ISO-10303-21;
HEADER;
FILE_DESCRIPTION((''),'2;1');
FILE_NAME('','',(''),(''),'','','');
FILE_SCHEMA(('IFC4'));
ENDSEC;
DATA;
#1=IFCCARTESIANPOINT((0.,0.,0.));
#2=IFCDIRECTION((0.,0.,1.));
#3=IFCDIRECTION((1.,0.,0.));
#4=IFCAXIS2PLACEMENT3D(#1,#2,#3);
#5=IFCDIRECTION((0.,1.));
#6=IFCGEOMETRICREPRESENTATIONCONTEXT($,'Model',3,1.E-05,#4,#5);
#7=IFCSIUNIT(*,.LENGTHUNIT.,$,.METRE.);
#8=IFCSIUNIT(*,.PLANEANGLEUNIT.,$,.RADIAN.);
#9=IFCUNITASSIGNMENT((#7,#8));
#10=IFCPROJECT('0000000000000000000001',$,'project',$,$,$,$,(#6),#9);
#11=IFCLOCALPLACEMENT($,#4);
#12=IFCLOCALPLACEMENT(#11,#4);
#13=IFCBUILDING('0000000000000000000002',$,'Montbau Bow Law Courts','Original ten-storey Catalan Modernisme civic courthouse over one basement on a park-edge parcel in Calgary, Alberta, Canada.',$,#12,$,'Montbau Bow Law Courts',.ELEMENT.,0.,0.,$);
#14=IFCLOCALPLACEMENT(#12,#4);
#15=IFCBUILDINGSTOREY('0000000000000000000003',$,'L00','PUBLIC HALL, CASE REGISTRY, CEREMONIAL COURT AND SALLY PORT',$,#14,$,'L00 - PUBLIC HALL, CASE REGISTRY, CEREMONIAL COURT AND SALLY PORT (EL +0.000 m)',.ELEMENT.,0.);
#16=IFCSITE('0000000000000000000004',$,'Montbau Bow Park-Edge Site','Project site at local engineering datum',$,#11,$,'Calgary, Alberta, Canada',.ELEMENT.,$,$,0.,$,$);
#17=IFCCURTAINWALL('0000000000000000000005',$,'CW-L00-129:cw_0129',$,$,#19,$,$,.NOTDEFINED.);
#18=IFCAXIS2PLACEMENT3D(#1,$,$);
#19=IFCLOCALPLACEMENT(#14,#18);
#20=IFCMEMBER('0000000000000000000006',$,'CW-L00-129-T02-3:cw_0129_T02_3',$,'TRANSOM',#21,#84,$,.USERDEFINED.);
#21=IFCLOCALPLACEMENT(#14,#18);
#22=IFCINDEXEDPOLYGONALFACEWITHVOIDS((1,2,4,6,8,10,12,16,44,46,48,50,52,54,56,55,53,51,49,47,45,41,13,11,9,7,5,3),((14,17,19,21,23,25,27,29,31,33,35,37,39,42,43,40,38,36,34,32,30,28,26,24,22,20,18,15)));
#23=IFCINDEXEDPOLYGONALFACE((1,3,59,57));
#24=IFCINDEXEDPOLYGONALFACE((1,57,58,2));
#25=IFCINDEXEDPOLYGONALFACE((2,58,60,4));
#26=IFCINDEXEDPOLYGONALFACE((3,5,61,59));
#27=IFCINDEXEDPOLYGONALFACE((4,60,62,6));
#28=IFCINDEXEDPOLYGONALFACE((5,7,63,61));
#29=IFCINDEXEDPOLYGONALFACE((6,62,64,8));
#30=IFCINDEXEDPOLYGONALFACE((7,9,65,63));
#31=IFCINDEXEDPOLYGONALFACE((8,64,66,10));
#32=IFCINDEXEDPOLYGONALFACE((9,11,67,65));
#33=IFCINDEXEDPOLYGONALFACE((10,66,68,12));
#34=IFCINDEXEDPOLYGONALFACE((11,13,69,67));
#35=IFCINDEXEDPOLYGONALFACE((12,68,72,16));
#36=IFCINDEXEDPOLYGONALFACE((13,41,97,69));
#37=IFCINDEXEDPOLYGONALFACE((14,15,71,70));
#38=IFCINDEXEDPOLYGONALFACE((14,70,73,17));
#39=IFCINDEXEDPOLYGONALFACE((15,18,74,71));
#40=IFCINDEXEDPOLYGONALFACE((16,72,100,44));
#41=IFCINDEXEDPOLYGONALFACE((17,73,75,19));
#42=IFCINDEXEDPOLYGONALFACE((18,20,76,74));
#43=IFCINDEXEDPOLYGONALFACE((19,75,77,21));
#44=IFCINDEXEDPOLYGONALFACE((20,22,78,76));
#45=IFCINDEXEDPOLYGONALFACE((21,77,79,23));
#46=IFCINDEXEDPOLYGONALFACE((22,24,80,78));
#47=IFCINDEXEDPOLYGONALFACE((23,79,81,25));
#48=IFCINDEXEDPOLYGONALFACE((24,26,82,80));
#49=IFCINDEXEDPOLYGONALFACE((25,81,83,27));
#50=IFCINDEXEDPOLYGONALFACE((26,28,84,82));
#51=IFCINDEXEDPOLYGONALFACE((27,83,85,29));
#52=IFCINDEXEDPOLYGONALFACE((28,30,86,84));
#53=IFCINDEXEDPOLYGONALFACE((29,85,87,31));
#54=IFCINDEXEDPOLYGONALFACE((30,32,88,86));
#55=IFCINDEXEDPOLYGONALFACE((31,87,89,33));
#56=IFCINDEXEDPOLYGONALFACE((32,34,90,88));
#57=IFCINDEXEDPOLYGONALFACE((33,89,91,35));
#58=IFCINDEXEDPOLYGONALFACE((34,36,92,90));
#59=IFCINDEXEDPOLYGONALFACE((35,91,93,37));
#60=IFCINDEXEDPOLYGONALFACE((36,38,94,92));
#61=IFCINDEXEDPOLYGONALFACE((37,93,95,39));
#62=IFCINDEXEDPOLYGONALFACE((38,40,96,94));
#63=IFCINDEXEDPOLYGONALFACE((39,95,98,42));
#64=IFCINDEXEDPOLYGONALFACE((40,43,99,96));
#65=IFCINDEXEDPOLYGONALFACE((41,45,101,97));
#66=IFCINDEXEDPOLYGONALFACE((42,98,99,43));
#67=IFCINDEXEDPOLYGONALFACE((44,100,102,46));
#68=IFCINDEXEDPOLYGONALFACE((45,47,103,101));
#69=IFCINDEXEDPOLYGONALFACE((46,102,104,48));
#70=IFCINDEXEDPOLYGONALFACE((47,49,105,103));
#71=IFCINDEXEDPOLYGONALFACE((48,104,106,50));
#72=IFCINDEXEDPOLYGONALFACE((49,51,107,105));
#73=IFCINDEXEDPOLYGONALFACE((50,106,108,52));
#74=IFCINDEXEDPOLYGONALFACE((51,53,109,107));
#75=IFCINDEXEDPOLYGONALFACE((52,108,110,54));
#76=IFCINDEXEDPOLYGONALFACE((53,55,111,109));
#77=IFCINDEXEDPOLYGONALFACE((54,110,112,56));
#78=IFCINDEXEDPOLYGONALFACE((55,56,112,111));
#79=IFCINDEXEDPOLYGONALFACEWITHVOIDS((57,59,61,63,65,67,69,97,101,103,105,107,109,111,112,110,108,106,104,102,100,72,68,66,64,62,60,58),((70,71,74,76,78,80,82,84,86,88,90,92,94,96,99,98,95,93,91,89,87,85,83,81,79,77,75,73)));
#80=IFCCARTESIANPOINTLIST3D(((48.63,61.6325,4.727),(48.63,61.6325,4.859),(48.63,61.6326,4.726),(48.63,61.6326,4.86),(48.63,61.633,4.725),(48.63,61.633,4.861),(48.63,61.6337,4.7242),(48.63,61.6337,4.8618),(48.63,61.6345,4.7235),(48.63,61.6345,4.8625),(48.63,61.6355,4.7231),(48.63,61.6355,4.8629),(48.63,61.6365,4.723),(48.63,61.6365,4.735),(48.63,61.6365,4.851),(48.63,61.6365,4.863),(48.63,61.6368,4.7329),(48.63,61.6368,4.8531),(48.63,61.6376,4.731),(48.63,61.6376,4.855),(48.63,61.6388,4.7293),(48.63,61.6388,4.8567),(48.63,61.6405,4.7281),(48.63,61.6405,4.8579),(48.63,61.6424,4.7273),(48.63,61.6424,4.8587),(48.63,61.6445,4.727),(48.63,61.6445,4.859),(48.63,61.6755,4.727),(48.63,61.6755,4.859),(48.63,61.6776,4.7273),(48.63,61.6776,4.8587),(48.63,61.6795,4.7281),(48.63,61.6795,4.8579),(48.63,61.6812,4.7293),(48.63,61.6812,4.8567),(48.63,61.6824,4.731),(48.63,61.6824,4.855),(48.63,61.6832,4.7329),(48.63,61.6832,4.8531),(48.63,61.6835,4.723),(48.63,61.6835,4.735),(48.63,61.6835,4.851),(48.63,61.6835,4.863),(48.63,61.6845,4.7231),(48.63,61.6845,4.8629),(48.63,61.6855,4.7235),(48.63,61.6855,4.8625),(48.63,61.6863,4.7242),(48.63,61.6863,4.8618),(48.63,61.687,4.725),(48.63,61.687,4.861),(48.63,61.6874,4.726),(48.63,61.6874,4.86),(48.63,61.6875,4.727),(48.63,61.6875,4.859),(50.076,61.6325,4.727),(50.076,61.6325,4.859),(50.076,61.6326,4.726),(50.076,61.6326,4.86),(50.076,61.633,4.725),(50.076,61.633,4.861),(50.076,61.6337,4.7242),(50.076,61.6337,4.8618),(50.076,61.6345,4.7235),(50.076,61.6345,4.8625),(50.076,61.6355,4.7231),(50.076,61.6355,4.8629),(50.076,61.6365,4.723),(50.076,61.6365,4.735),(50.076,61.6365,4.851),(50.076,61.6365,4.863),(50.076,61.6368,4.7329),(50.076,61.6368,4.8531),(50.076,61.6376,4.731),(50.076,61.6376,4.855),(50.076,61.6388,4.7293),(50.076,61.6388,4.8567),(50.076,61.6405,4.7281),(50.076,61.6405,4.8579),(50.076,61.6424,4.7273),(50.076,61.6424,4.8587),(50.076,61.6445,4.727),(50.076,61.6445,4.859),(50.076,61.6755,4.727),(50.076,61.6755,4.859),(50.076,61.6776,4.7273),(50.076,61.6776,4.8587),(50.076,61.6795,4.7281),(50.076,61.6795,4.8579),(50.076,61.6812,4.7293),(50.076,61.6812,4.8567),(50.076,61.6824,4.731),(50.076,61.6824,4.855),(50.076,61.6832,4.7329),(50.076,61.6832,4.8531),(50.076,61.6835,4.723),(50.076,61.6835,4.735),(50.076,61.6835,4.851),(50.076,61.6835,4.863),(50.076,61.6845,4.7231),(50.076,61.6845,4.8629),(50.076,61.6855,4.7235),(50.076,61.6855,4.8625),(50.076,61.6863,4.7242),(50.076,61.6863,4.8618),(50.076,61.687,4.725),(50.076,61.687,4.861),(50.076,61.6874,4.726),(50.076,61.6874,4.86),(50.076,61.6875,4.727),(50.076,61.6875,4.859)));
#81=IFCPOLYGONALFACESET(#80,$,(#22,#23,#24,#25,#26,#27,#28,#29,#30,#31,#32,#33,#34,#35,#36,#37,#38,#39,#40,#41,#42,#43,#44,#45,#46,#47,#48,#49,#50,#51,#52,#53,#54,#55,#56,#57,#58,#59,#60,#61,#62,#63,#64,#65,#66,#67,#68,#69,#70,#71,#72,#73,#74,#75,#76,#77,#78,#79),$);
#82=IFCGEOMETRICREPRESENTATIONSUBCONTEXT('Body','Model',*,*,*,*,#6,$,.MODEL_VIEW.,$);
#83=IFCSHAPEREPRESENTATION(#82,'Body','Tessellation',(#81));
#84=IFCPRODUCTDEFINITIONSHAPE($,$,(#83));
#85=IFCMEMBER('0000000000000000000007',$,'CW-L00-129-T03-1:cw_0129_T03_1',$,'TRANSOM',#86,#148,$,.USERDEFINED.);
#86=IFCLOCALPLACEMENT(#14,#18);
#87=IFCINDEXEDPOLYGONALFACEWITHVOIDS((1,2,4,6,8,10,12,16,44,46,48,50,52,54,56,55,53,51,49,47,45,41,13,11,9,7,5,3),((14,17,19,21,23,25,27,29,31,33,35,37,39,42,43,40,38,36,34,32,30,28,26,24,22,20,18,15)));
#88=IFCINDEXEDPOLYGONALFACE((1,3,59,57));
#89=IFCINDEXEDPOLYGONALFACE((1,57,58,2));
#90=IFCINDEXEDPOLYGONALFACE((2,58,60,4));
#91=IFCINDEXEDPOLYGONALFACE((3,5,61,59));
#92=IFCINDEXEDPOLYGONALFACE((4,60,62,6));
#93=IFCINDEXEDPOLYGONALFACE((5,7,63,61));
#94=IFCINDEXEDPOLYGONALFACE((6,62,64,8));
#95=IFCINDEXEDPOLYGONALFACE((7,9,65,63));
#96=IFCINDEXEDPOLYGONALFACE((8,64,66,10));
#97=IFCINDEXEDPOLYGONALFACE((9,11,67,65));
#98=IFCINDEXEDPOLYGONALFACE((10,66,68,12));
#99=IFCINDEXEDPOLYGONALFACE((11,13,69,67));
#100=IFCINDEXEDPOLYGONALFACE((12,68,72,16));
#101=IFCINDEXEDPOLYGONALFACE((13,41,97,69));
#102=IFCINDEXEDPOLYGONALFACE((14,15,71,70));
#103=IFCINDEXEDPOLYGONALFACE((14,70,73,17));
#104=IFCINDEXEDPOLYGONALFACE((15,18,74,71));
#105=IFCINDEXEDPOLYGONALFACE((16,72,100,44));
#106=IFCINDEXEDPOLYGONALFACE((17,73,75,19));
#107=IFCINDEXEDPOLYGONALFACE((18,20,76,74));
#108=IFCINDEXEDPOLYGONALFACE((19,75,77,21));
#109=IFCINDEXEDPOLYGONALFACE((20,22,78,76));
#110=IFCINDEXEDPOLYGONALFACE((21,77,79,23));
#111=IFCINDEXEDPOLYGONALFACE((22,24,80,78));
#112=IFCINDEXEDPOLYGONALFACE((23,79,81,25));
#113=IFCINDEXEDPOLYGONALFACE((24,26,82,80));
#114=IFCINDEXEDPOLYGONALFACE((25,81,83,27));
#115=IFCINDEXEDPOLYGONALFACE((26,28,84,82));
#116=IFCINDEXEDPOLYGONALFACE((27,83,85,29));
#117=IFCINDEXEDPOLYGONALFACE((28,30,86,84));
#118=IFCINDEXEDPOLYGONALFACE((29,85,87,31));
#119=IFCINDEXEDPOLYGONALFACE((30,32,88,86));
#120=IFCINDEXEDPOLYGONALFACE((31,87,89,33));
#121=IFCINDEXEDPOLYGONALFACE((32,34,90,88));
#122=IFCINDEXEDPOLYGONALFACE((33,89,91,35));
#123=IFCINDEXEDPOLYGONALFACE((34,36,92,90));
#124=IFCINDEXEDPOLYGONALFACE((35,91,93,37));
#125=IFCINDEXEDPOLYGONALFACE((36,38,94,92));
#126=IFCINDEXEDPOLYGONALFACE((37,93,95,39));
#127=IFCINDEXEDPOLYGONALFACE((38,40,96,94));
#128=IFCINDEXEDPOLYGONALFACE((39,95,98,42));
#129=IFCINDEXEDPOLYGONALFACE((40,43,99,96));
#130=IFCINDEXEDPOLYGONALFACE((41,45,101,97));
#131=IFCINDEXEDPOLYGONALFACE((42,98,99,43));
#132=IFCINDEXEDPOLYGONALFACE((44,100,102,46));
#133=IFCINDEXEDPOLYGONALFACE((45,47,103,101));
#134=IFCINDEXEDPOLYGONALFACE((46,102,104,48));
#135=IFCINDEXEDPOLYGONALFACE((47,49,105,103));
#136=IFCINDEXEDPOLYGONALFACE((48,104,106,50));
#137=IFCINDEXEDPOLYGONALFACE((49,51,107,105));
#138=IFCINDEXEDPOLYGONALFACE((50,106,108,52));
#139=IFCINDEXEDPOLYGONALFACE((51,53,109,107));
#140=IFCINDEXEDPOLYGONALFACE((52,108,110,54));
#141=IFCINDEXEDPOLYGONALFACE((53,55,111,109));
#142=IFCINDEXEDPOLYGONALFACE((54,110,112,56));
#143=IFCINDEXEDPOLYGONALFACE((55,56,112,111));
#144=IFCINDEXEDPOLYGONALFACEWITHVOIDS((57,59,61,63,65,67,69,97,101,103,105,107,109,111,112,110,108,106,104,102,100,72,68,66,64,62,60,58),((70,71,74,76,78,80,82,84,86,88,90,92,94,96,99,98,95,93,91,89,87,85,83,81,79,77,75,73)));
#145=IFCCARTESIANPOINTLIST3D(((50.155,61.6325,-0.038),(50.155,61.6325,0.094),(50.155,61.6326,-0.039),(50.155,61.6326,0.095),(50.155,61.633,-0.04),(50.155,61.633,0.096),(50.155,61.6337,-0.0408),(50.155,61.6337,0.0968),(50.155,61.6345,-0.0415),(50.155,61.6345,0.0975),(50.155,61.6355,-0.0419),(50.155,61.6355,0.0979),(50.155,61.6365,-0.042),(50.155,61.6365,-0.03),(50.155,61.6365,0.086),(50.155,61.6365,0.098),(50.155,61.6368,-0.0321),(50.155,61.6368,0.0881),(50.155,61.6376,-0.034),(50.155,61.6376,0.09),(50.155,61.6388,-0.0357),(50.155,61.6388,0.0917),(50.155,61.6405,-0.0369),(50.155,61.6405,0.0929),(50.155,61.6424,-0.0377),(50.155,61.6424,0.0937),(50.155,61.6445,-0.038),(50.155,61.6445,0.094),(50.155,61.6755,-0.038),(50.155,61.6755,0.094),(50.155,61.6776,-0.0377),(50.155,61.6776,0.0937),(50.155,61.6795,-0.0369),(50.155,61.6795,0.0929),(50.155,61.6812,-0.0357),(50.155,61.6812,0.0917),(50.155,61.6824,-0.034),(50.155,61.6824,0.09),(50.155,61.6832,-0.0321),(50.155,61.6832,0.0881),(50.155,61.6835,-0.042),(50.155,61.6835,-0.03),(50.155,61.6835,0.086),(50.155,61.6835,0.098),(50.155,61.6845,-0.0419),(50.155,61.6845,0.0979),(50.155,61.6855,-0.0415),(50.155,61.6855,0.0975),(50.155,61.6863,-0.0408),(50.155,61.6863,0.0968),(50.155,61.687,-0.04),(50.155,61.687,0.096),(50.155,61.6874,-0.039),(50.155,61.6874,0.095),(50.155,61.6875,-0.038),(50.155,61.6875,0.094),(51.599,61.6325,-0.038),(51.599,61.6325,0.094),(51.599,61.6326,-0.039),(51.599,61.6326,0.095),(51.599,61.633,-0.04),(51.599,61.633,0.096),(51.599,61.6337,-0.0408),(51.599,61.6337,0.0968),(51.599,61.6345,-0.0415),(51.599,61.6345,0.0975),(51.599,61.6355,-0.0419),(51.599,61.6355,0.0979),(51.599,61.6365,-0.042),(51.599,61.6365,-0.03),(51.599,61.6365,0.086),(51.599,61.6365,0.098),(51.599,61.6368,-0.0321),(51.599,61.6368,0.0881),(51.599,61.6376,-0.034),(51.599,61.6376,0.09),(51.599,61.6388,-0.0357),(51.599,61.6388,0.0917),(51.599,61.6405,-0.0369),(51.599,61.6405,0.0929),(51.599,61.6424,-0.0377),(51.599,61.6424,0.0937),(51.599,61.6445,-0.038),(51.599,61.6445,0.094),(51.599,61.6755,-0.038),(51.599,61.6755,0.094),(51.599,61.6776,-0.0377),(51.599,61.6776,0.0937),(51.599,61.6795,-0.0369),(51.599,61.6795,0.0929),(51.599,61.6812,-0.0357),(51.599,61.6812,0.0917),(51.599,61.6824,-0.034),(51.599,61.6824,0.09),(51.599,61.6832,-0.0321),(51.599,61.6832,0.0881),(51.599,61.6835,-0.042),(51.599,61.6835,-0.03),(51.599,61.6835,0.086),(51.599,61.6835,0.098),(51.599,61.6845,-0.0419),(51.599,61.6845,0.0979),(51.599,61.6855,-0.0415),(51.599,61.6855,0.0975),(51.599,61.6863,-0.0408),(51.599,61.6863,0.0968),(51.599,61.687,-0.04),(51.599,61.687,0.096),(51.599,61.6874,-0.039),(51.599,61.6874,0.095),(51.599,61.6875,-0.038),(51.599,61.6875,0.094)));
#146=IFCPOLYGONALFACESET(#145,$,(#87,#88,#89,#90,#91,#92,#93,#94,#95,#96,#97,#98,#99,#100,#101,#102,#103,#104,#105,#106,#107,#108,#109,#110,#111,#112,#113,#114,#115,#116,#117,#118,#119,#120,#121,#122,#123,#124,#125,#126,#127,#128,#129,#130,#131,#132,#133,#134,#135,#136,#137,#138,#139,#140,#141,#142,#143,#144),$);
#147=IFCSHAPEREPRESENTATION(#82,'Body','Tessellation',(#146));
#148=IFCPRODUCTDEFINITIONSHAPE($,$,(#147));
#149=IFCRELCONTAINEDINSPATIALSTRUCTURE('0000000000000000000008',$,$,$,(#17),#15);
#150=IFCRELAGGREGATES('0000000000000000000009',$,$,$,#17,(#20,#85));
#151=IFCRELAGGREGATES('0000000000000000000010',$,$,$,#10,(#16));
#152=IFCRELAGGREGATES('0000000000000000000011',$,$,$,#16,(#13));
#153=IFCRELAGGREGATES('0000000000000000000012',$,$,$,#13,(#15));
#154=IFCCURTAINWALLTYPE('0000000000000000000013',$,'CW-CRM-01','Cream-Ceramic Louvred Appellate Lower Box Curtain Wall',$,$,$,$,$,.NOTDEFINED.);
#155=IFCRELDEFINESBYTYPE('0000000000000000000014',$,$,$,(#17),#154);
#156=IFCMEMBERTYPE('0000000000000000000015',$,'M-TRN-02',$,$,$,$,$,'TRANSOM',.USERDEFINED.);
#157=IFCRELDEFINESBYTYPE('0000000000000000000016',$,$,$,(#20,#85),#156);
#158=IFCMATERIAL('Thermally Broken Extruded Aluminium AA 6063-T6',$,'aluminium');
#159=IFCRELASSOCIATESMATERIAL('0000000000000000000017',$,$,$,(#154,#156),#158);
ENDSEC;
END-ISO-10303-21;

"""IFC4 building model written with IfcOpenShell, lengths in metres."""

from ifc_helpers import new_model, si_unit, direction, frame, origin_with_axes, origin_2d_with_axis, place, context, subcontext, project, spatial, hollow_rectangle, extrude, material, material_profile, profile_set, type_object, element, aggregate, save


model = new_model("IFC4")

# Units and contexts
model_context = context("Model", 3, precision=1e-05, world=origin_with_axes(), true_north=direction((0.0, 1.0)))
body_context = subcontext(model_context, "Body", "Model", "MODEL_VIEW")
ifc_project = project(units=[si_unit("LENGTHUNIT", "METRE"), si_unit("PLANEANGLEUNIT", "RADIAN")], contexts=[model_context])

# Site, building, storey
site_placement = place(None, origin_with_axes())
site = spatial("IfcSite", under=ifc_project, at=site_placement, Name="Montbau Bow Park-Edge Site", Description="Project site at local engineering datum", LongName="Calgary, Alberta, Canada", CompositionType="ELEMENT", RefElevation=0.0)
building_placement = place(site_placement, origin_with_axes())
building = spatial("IfcBuilding", under=site, at=building_placement, Name="Montbau Bow Law Courts", Description="Original ten-storey Catalan Modernisme civic courthouse over one basement on a park-edge parcel in Calgary, Alberta, Canada.", LongName="Montbau Bow Law Courts", CompositionType="ELEMENT", ElevationOfRefHeight=0.0, ElevationOfTerrain=0.0)
storey_placement = place(building_placement, origin_with_axes())
storey = spatial("IfcBuildingStorey", under=building, at=storey_placement, Name="L00", Description="PUBLIC HALL, CASE REGISTRY, CEREMONIAL COURT AND SALLY PORT", LongName="L00 - PUBLIC HALL, CASE REGISTRY, CEREMONIAL COURT AND SALLY PORT (EL +0.000 m)", CompositionType="ELEMENT", Elevation=0.0)

# Curtain wall, members
ifc_material_1 = material(Name="Thermally Broken Extruded Aluminium AA 6063-T6", Category="aluminium")
curtain_wall_type = type_object("IfcCurtainWallType", Name="CW-CRM-01", Description="Cream-Ceramic Louvred Appellate Lower Box Curtain Wall", PredefinedType="NOTDEFINED", material=ifc_material_1)
curtain_wall_placement = place(None, frame((47.068, 61.66, 0.0), z_axis=(0.0, 0.0, 1.0), x_axis=(1.0, 0.0, 0.0)))
curtain_wall = element("IfcCurtainWall", 1, at=curtain_wall_placement, inside=storey, type_object=curtain_wall_type, Name="CW-L00-129:cw_0129", PredefinedType="NOTDEFINED")
ifc_material_profile_1 = material_profile(ifc_material_1, hollow_rectangle(XDim=0.055, YDim=0.14, WallThickness=0.004, InnerFilletRadius=0.008, OuterFilletRadius=0.004, at=origin_2d_with_axis()), Name="CWT-140X55", Category="Main", Priority=0)
ifc_profile_set_1 = profile_set([ifc_material_profile_1], Name="Thermally Broken Extruded Aluminium AA 6063-T6")
member_type_1 = type_object("IfcMemberType", Name="M-TRN-02", ElementType="TRANSOM", PredefinedType="USERDEFINED", material=ifc_profile_set_1)
member_1_placement = place(None, frame((48.63, 61.66, 4.793), z_axis=(1.0, 0.0, 0.0), x_axis=(0.0, 1.0, 0.0)))
member_1 = element("IfcMember", 2, at=member_1_placement, type_object=member_type_1, Name="CW-L00-129-T02-3:cw_0129_T02_3", ObjectType="TRANSOM", PredefinedType="USERDEFINED", context=body_context, shape_type="SweptSolid", body=[
    extrude(hollow_rectangle(XDim=0.055, YDim=0.14, WallThickness=0.004, InnerFilletRadius=0.008, OuterFilletRadius=0.004, at=origin_2d_with_axis()), origin_with_axes(), (0.0, 0.0, 1.0), 1.446),
])
member_2_placement = place(None, frame((50.155, 61.66, 0.028), z_axis=(1.0, 0.0, 0.0), x_axis=(0.0, 1.0, 0.0)))
member_2 = element("IfcMember", 3, at=member_2_placement, type_object=member_type_1, Name="CW-L00-129-T03-1:cw_0129_T03_1", ObjectType="TRANSOM", PredefinedType="USERDEFINED", context=body_context, shape_type="SweptSolid", body=[
    extrude(hollow_rectangle(XDim=0.055, YDim=0.14, WallThickness=0.004, InnerFilletRadius=0.008, OuterFilletRadius=0.004, at=origin_2d_with_axis()), origin_with_axes(), (0.0, 0.0, 1.0), 1.444),
])
aggregate(curtain_wall, [member_1, member_2])

save(model, "model.ifc")
